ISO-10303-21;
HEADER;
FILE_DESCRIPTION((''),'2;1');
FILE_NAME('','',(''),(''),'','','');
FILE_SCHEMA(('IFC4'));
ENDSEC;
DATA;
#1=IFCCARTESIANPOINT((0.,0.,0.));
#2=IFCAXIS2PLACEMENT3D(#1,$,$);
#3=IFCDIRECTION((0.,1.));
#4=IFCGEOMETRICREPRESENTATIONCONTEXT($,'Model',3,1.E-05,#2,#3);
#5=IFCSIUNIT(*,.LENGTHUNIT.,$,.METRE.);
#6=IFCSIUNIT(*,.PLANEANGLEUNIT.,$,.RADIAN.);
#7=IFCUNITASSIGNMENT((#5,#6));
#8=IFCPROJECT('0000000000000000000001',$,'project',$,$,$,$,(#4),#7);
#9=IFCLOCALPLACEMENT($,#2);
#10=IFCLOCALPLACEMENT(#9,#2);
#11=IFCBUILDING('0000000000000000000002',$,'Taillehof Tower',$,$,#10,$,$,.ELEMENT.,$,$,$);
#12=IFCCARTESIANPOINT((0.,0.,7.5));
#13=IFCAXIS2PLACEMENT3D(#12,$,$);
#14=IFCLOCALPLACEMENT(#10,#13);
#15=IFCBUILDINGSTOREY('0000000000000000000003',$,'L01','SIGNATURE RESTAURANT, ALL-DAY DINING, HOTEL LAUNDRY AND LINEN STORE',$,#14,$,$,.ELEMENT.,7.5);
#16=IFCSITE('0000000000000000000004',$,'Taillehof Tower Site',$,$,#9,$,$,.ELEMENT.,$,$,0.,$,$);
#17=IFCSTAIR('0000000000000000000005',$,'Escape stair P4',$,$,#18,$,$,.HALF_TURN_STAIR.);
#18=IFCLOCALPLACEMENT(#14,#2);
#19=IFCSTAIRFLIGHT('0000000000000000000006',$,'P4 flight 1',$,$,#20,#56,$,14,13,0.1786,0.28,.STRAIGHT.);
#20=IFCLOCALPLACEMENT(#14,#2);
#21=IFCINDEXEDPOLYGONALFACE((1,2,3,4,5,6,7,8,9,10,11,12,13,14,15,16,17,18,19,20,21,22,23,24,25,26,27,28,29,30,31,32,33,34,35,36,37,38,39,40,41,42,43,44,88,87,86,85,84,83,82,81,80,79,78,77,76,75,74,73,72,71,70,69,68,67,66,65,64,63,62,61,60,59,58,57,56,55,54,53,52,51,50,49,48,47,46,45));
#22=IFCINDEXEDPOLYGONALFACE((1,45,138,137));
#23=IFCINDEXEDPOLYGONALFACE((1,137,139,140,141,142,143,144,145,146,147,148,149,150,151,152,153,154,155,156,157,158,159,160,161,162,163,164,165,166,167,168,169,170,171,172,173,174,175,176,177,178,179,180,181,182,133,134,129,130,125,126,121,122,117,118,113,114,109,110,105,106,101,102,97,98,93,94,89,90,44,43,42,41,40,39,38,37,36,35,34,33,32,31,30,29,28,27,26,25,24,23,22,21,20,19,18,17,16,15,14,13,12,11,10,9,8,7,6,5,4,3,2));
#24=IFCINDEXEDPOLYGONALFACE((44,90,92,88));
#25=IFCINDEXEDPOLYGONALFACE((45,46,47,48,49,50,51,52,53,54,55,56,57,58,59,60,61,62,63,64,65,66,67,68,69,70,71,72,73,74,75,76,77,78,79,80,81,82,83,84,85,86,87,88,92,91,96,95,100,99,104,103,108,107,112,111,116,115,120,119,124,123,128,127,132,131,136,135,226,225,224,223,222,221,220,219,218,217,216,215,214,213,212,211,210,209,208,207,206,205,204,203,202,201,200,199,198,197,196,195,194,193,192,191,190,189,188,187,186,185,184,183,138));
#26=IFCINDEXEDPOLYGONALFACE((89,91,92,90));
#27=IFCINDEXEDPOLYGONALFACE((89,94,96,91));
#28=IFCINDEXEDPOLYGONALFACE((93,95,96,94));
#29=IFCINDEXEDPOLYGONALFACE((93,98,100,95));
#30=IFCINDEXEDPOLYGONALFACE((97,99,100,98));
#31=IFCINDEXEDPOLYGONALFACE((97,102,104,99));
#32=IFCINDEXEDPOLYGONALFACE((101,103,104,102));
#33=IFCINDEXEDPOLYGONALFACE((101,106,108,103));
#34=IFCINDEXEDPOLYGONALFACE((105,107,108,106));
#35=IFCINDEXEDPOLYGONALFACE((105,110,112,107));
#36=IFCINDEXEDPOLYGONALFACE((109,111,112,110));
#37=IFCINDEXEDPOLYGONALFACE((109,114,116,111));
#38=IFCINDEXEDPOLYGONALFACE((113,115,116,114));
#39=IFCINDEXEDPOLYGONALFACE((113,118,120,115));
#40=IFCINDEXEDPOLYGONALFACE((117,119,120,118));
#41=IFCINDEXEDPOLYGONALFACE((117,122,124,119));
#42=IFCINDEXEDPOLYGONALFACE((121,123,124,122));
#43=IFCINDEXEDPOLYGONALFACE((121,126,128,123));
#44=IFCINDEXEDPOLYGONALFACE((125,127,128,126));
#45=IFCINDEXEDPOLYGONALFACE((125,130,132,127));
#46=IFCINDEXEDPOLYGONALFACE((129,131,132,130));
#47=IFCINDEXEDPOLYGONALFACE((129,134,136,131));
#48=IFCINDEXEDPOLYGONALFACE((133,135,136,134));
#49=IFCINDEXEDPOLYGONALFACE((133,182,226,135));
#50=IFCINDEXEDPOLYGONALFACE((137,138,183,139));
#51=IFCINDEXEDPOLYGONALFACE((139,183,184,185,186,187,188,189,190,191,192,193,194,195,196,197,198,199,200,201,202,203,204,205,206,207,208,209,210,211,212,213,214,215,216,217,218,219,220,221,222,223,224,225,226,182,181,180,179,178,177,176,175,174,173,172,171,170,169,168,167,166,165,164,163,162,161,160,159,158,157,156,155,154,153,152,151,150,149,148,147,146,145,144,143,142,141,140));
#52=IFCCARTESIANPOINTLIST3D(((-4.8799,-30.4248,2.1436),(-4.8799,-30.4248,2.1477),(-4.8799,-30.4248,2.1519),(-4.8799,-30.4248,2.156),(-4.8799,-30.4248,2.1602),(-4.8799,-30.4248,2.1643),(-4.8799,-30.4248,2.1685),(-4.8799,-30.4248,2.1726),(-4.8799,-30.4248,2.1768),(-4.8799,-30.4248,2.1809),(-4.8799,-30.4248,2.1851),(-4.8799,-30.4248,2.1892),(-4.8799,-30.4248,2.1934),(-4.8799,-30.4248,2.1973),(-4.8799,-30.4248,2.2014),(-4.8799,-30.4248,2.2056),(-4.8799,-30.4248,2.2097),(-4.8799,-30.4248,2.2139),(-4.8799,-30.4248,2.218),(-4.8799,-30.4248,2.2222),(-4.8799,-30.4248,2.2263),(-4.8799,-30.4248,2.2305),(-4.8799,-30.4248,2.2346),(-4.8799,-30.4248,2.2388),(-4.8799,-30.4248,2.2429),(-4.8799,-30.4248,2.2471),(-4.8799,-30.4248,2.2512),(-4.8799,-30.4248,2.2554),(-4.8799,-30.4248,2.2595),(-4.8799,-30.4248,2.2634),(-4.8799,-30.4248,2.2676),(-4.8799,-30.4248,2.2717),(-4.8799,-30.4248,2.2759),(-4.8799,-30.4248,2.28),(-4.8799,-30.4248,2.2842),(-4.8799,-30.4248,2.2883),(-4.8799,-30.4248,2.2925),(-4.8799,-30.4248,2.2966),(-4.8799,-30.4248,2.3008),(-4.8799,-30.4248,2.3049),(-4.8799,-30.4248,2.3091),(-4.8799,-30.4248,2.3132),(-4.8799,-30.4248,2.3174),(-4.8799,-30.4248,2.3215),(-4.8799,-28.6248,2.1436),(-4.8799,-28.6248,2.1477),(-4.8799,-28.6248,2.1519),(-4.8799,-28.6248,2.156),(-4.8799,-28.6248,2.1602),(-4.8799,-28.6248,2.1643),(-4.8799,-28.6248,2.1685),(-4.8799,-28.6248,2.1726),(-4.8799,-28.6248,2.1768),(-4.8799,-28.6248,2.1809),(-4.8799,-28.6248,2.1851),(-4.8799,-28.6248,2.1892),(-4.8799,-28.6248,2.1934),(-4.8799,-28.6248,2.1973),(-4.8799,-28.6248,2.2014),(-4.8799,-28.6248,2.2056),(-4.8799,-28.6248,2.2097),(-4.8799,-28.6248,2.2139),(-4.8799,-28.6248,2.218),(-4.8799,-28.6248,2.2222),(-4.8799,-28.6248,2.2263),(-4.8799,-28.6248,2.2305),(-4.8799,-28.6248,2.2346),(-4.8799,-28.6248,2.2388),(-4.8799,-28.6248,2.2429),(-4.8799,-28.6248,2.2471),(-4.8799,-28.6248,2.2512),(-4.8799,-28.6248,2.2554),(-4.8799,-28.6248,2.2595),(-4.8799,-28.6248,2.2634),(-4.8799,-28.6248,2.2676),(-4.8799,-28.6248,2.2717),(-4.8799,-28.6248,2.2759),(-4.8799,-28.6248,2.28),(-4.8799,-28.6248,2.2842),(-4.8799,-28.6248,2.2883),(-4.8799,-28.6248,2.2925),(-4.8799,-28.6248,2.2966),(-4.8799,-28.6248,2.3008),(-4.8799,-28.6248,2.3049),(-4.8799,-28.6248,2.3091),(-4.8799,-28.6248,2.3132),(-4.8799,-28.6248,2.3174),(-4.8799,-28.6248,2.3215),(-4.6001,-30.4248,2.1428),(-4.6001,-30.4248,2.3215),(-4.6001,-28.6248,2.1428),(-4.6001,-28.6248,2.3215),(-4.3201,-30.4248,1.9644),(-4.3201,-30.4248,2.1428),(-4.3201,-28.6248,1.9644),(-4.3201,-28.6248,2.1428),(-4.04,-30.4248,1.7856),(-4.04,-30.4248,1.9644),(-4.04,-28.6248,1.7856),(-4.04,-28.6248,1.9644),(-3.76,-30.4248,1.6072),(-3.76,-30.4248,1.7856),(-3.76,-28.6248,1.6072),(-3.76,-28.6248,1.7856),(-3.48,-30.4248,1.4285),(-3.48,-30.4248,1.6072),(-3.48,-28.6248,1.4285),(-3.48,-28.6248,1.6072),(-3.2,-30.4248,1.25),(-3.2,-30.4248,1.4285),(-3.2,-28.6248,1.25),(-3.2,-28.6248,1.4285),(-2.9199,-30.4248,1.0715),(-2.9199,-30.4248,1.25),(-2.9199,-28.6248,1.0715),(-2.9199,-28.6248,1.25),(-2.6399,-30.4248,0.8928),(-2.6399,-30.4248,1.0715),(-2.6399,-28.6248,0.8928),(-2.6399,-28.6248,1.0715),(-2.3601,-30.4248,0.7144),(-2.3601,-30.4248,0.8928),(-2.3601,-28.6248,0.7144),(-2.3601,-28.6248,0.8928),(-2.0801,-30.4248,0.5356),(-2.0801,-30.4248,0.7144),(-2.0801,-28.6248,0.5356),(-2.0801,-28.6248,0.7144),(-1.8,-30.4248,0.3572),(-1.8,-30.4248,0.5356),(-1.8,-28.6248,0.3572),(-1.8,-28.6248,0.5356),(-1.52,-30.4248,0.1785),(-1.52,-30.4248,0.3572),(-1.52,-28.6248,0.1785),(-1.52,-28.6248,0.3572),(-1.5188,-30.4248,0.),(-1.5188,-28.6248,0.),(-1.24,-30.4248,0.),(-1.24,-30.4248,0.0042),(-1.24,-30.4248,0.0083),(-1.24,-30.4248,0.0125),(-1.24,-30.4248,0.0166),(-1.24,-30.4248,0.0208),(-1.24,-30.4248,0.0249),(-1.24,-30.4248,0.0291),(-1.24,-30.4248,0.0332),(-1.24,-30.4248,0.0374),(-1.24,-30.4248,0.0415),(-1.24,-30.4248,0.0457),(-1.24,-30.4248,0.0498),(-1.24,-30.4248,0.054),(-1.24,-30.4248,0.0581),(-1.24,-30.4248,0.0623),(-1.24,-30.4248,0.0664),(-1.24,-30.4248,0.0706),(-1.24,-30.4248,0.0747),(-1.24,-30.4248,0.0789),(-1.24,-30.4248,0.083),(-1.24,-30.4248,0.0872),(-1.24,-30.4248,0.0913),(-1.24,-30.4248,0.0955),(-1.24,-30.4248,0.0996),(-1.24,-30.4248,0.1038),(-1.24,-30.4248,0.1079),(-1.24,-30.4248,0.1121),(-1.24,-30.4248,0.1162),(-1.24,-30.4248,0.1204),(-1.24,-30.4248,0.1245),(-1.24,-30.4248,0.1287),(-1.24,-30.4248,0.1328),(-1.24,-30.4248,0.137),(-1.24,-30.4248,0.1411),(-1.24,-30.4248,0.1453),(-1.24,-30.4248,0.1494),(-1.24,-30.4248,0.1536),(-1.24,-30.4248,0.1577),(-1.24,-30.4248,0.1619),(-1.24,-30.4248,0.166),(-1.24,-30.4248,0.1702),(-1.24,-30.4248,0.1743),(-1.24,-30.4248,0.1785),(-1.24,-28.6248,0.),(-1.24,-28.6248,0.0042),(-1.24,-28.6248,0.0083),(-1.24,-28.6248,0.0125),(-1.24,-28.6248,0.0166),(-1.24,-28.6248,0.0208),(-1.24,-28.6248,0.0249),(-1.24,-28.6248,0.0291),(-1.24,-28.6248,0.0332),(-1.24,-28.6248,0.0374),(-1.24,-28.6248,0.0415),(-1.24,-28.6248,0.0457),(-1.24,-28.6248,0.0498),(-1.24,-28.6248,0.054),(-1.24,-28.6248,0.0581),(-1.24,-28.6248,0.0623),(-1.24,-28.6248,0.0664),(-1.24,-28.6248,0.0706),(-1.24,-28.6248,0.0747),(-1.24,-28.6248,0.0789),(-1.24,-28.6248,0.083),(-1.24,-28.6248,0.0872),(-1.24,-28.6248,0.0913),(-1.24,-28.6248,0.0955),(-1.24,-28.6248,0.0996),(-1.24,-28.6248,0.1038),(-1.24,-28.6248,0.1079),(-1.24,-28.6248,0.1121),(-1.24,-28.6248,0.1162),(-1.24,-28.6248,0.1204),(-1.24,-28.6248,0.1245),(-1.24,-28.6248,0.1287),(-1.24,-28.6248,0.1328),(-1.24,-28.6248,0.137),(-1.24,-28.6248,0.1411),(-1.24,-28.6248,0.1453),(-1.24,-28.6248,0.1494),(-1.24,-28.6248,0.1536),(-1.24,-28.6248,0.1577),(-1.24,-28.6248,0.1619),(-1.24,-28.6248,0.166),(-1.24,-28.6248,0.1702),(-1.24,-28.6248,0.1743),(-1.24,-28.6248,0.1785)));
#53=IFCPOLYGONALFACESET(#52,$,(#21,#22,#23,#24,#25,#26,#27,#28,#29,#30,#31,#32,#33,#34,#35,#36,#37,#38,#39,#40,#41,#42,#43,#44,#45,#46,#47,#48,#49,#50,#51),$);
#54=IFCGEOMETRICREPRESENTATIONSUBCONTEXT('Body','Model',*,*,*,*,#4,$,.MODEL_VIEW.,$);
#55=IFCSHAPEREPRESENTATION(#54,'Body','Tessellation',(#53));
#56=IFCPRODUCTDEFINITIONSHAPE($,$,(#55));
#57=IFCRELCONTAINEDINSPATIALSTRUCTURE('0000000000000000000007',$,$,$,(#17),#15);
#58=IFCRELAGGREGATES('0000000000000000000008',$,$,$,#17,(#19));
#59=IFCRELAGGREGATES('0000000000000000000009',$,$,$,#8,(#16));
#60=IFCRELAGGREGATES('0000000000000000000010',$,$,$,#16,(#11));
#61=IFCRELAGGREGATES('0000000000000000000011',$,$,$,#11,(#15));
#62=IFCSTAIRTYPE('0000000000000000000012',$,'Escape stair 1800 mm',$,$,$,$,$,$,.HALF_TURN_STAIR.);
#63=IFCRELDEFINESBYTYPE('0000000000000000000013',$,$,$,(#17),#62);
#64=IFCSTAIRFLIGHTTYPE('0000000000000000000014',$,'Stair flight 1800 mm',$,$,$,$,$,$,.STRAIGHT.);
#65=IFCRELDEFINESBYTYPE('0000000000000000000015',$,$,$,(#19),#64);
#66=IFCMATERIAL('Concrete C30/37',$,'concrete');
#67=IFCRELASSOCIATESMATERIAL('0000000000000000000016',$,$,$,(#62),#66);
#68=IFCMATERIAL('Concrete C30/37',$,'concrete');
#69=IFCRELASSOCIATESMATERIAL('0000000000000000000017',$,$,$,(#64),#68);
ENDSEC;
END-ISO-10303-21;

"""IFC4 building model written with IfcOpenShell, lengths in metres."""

from ifc_helpers import new_model, si_unit, direction, frame, origin, place, context, subcontext, project, spatial, polyline, outline, extrude, material, type_object, element, aggregate, save


model = new_model("IFC4")

# Units and contexts
model_context = context("Model", 3, precision=1e-05, world=origin(), true_north=direction((0.0, 1.0)))
body_context = subcontext(model_context, "Body", "Model", "MODEL_VIEW")
ifc_project = project(units=[si_unit("LENGTHUNIT", "METRE"), si_unit("PLANEANGLEUNIT", "RADIAN")], contexts=[model_context])

# Site, building, storey
site_placement = place(None, origin())
site = spatial("IfcSite", under=ifc_project, at=site_placement, Name="Taillehof Tower Site", CompositionType="ELEMENT", RefElevation=0.0)
building_placement = place(site_placement, origin())
building = spatial("IfcBuilding", under=site, at=building_placement, Name="Taillehof Tower", CompositionType="ELEMENT")
storey_placement = place(building_placement, frame((0.0, 0.0, 7.5)))
storey = spatial("IfcBuildingStorey", under=building, at=storey_placement, Name="L01", Description="SIGNATURE RESTAURANT, ALL-DAY DINING, HOTEL LAUNDRY AND LINEN STORE", CompositionType="ELEMENT", Elevation=7.5)

# Stair, stair flight
ifc_material_1 = material(Name="Concrete C30/37", Category="concrete")
stair_type = type_object("IfcStairType", Name="Escape stair 1800 mm", PredefinedType="HALF_TURN_STAIR", material=ifc_material_1)
stair_placement = place(storey_placement, origin())
stair = element("IfcStair", 1, at=stair_placement, inside=storey, type_object=stair_type, Name="Escape stair P4", PredefinedType="HALF_TURN_STAIR")
ifc_material_2 = material(Name="Concrete C30/37", Category="concrete")
stair_flight_type = type_object("IfcStairFlightType", Name="Stair flight 1800 mm", PredefinedType="STRAIGHT", material=ifc_material_2)
stair_flight_placement = place(storey_placement, frame((-1.24, -29.5249, 0.0), z_axis=(0.0, 0.0, 1.0), x_axis=(-1.0, 0.0, 0.0)))
stair_flight = element("IfcStairFlight", 2, at=stair_flight_placement, type_object=stair_flight_type, Name="P4 flight 1", NumberOfRisers=14, NumberOfTreads=13, PredefinedType="STRAIGHT", RiserHeight=0.1786, TreadLength=0.28, context=body_context, shape_type="SweptSolid", body=[
    extrude(outline(polyline([(0.0, 0.0), (0.0, 0.0042), (0.0, 0.0083), (0.0, 0.0125), (0.0, 0.0166), (0.0, 0.0208), (0.0, 0.0249), (0.0, 0.0291), (0.0, 0.0332), (0.0, 0.0374), (0.0, 0.0415), (0.0, 0.0457), (0.0, 0.0498), (0.0, 0.054), (0.0, 0.0581), (0.0, 0.0623), (0.0, 0.0664), (0.0, 0.0706), (0.0, 0.0747), (0.0, 0.0789), (0.0, 0.083), (0.0, 0.0872), (0.0, 0.0913), (0.0, 0.0955), (0.0, 0.0996), (0.0, 0.1038), (0.0, 0.1079), (0.0, 0.1121), (0.0, 0.1162), (0.0, 0.1204), (0.0, 0.1245), (0.0, 0.1287), (0.0, 0.1328), (0.0, 0.137), (0.0, 0.1411), (0.0, 0.1453), (0.0, 0.1494), (0.0, 0.1536), (0.0, 0.1577), (0.0, 0.1619), (0.0, 0.166), (0.0, 0.1702), (0.0, 0.1743), (0.0, 0.1785), (0.28, 0.1785), (0.28, 0.3572), (0.5601, 0.3572), (0.5601, 0.5356), (0.8401, 0.5356), (0.8401, 0.7144), (1.1201, 0.7144), (1.1201, 0.8928), (1.3999, 0.8928), (1.3999, 1.0715), (1.6799, 1.0715), (1.6799, 1.25), (1.96, 1.25), (1.96, 1.4285), (2.24, 1.4285), (2.24, 1.6072), (2.52, 1.6072), (2.52, 1.7856), (2.8, 1.7856), (2.8, 1.9644), (3.0801, 1.9644), (3.0801, 2.1428), (3.3601, 2.1428), (3.3601, 2.3215), (3.6399, 2.3215), (3.6399, 2.3174), (3.6399, 2.3132), (3.6399, 2.3091), (3.6399, 2.3049), (3.6399, 2.3008), (3.6399, 2.2966), (3.6399, 2.2925), (3.6399, 2.2883), (3.6399, 2.2842), (3.6399, 2.28), (3.6399, 2.2759), (3.6399, 2.2717), (3.6399, 2.2676), (3.6399, 2.2634), (3.6399, 2.2595), (3.6399, 2.2554), (3.6399, 2.2512), (3.6399, 2.2471), (3.6399, 2.2429), (3.6399, 2.2388), (3.6399, 2.2346), (3.6399, 2.2305), (3.6399, 2.2263), (3.6399, 2.2222), (3.6399, 2.218), (3.6399, 2.2139), (3.6399, 2.2097), (3.6399, 2.2056), (3.6399, 2.2014), (3.6399, 2.1973), (3.6399, 2.1934), (3.6399, 2.1892), (3.6399, 2.1851), (3.6399, 2.1809), (3.6399, 2.1768), (3.6399, 2.1726), (3.6399, 2.1685), (3.6399, 2.1643), (3.6399, 2.1602), (3.6399, 2.156), (3.6399, 2.1519), (3.6399, 2.1477), (3.6399, 2.1436), (0.2788, 0.0), (0.0, 0.0)])), frame((0.0, 0.8999, 0.0), z_axis=(0.0, -1.0, 0.0), x_axis=(1.0, 0.0, 0.0)), (0.0, 0.0, 1.0), 1.8),
])
aggregate(stair, [stair_flight])

save(model, "model.ifc")
